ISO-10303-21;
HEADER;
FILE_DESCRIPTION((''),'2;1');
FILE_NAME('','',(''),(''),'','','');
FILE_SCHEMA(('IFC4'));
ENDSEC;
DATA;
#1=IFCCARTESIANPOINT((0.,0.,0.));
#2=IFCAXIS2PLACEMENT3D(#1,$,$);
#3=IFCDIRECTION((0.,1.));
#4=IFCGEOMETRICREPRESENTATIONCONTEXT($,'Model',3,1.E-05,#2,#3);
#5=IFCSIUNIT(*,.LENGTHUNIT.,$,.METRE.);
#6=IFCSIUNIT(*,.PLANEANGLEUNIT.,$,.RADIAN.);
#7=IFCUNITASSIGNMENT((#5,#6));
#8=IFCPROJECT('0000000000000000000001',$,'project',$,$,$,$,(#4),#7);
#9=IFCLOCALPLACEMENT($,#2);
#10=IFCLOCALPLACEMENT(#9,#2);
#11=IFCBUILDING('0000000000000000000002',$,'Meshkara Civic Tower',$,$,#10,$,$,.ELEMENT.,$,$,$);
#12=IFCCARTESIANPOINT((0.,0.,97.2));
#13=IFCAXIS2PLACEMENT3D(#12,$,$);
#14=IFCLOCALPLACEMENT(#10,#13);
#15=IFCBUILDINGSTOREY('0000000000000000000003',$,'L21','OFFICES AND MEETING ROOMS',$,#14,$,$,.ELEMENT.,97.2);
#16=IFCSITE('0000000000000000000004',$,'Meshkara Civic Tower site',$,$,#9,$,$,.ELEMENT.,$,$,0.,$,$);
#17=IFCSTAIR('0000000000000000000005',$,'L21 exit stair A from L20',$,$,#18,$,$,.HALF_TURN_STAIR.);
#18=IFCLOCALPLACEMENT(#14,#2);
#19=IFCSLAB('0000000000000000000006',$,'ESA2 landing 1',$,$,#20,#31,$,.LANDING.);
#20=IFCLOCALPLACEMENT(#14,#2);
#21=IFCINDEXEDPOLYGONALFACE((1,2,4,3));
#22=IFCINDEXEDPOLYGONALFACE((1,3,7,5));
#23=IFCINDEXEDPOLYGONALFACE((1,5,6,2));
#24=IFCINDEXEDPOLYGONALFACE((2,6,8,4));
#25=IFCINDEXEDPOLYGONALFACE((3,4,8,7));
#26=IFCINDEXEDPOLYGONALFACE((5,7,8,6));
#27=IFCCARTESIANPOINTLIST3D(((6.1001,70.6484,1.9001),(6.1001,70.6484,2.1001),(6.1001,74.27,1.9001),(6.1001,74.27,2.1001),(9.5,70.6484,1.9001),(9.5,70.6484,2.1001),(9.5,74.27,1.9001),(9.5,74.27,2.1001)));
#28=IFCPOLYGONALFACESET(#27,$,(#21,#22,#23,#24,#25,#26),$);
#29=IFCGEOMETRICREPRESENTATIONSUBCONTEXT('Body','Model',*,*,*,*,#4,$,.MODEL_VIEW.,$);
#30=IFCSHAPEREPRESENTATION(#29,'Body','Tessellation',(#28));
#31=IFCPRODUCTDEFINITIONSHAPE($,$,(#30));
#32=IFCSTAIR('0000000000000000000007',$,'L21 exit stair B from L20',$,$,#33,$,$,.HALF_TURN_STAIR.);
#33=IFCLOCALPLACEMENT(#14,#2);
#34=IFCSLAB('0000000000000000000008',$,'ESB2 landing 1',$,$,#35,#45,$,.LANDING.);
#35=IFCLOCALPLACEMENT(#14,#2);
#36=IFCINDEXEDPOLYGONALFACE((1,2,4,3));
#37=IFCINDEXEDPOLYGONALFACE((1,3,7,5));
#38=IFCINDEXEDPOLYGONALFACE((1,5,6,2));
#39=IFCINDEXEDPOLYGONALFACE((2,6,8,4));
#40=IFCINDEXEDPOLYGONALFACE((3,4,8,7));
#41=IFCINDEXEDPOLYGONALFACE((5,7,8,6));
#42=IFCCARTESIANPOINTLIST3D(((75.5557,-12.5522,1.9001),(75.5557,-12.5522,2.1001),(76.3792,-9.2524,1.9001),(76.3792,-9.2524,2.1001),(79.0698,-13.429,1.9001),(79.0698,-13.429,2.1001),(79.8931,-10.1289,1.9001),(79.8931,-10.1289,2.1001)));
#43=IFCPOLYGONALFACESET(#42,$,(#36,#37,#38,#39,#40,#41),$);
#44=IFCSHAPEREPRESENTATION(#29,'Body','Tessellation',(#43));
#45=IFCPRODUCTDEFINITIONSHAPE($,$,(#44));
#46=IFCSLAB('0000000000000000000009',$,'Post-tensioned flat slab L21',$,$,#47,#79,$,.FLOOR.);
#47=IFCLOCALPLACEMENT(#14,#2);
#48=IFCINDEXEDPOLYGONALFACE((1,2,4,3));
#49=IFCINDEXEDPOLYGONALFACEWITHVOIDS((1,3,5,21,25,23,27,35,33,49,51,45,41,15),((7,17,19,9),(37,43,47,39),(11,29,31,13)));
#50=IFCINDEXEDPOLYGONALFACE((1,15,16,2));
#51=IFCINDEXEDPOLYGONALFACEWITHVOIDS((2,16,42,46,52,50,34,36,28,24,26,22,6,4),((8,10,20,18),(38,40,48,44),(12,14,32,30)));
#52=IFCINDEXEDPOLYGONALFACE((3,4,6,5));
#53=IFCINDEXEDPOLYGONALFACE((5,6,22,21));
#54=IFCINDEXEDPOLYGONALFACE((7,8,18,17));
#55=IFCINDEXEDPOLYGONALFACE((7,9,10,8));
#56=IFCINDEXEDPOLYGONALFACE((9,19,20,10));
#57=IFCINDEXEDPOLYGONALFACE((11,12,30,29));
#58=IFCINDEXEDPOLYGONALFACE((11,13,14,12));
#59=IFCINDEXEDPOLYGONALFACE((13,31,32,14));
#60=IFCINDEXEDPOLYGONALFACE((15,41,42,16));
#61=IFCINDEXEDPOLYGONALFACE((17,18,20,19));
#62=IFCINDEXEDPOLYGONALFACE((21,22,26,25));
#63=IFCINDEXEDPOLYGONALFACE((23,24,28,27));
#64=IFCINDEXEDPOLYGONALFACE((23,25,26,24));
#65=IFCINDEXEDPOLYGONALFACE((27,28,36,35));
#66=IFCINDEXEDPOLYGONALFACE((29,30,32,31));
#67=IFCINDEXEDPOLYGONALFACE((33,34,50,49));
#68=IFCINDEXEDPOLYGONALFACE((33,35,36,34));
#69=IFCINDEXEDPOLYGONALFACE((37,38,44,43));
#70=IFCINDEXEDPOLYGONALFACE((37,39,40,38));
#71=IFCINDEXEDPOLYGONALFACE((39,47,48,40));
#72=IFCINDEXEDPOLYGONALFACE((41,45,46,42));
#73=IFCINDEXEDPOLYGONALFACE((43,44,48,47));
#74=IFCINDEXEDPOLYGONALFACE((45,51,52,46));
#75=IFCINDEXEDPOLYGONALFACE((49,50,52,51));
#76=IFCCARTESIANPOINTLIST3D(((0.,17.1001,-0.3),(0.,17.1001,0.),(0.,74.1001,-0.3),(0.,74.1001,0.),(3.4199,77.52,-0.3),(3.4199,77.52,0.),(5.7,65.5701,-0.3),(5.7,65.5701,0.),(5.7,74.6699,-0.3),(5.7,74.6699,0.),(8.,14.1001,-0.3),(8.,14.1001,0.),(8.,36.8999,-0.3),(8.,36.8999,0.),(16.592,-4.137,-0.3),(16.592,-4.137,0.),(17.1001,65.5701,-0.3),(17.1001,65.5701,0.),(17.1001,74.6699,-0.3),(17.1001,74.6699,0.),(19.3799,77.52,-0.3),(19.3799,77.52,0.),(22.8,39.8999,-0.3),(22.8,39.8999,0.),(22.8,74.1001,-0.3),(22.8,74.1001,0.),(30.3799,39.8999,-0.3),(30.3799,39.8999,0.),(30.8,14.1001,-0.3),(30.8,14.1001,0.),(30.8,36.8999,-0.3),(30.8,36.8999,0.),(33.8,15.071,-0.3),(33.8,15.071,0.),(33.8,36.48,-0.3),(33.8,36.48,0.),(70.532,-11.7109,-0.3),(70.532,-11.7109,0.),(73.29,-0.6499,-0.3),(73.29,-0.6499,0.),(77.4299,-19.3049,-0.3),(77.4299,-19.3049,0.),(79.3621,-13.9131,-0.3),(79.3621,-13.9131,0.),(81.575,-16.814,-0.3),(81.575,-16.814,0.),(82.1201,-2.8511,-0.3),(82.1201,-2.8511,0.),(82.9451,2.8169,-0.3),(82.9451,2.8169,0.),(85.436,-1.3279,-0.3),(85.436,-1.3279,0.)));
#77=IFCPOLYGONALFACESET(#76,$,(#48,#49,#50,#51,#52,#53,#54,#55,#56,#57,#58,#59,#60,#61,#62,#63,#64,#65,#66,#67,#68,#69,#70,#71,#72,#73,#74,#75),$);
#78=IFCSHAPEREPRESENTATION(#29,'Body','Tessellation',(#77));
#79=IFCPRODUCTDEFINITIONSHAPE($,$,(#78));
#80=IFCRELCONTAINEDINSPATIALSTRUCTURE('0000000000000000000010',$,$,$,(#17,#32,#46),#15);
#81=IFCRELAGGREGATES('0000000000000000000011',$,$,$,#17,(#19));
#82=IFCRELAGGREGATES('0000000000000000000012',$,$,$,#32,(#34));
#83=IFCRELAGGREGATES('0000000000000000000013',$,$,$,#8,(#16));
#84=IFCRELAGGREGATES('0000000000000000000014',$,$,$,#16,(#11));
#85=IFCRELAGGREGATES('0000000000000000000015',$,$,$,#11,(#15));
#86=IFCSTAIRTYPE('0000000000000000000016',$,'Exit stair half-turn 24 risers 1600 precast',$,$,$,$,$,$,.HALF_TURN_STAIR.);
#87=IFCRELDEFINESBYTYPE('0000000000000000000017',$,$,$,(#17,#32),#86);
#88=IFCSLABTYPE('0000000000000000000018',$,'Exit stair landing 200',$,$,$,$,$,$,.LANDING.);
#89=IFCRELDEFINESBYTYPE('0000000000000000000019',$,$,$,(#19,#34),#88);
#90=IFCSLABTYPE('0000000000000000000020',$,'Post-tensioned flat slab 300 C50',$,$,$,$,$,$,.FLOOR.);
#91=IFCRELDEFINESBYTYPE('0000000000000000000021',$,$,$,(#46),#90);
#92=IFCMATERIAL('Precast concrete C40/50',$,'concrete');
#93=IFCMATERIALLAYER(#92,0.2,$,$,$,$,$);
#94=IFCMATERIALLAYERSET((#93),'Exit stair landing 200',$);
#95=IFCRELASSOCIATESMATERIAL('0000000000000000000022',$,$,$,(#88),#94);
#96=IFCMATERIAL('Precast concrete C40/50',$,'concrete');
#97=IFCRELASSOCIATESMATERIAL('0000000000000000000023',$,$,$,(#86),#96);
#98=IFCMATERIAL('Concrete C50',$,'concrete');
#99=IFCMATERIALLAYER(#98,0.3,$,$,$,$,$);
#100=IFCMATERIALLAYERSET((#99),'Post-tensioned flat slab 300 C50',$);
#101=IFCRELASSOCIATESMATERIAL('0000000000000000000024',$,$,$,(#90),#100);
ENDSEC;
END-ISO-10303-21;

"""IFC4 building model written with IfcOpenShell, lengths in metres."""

from ifc_helpers import new_model, si_unit, direction, frame, origin, place, context, subcontext, project, spatial, polyline, outline, extrude, material, layer, layer_set, type_object, element, aggregate, save


model = new_model("IFC4")

# Units and contexts
model_context = context("Model", 3, precision=1e-05, world=origin(), true_north=direction((0.0, 1.0)))
body_context = subcontext(model_context, "Body", "Model", "MODEL_VIEW")
ifc_project = project(units=[si_unit("LENGTHUNIT", "METRE"), si_unit("PLANEANGLEUNIT", "RADIAN")], contexts=[model_context])

# Site, building, storey
site_placement = place(None, origin())
site = spatial("IfcSite", under=ifc_project, at=site_placement, Name="Meshkara Civic Tower site", CompositionType="ELEMENT", RefElevation=0.0)
building_placement = place(site_placement, origin())
building = spatial("IfcBuilding", under=site, at=building_placement, Name="Meshkara Civic Tower", CompositionType="ELEMENT")
storey_placement = place(building_placement, frame((0.0, 0.0, 97.2)))
storey = spatial("IfcBuildingStorey", under=building, at=storey_placement, Name="L21", Description="OFFICES AND MEETING ROOMS", CompositionType="ELEMENT", Elevation=97.2)

# Stairs, slabs
ifc_material_1 = material(Name="Precast concrete C40/50", Category="concrete")
ifc_layer_1 = layer(ifc_material_1, 0.2)
ifc_layer_set_1 = layer_set([ifc_layer_1], Name="Exit stair landing 200")
slab_type_1 = type_object("IfcSlabType", Name="Exit stair landing 200", PredefinedType="LANDING", material=ifc_layer_set_1)
ifc_material_2 = material(Name="Precast concrete C40/50", Category="concrete")
stair_type_1 = type_object("IfcStairType", Name="Exit stair half-turn 24 risers 1600 precast", PredefinedType="HALF_TURN_STAIR", material=ifc_material_2)
stair_1_placement = place(storey_placement, origin())
stair_1 = element("IfcStair", 1, at=stair_1_placement, inside=storey, type_object=stair_type_1, Name="L21 exit stair A from L20", PredefinedType="HALF_TURN_STAIR")
slab_1_placement = place(storey_placement, frame((0.0, 0.0, 1.9001)))
slab_1 = element("IfcSlab", 2, at=slab_1_placement, type_object=slab_type_1, Name="ESA2 landing 1", PredefinedType="LANDING", context=body_context, shape_type="SweptSolid", body=[
    extrude(outline(polyline([(9.5, 70.6484), (9.5, 74.27), (6.1001, 74.27), (6.1001, 70.6484), (9.5, 70.6484)])), origin(), (0.0, 0.0, 1.0), 0.2),
])
aggregate(stair_1, [slab_1])
stair_2_placement = place(storey_placement, origin())
stair_2 = element("IfcStair", 3, at=stair_2_placement, inside=storey, type_object=stair_type_1, Name="L21 exit stair B from L20", PredefinedType="HALF_TURN_STAIR")
slab_2_placement = place(storey_placement, frame((0.0, 0.0, 1.9001)))
slab_2 = element("IfcSlab", 4, at=slab_2_placement, type_object=slab_type_1, Name="ESB2 landing 1", PredefinedType="LANDING", context=body_context, shape_type="SweptSolid", body=[
    extrude(outline(polyline([(75.5557, -12.5522), (79.0698, -13.429), (79.8931, -10.1289), (76.3792, -9.2524), (75.5557, -12.5522)])), origin(), (0.0, 0.0, 1.0), 0.2),
])
aggregate(stair_2, [slab_2])

# Slab
ifc_material_3 = material(Name="Concrete C50", Category="concrete")
ifc_layer_2 = layer(ifc_material_3, 0.3)
ifc_layer_set_2 = layer_set([ifc_layer_2], Name="Post-tensioned flat slab 300 C50")
slab_type_2 = type_object("IfcSlabType", Name="Post-tensioned flat slab 300 C50", PredefinedType="FLOOR", material=ifc_layer_set_2)
slab_3_placement = place(storey_placement, frame((0.0, 0.0, -0.3)))
element("IfcSlab", 5, at=slab_3_placement, inside=storey, type_object=slab_type_2, Name="Post-tensioned flat slab L21", PredefinedType="FLOOR", context=body_context, shape_type="SweptSolid", body=[
    extrude(outline(polyline([(81.575, -16.814), (77.4299, -19.3049), (16.592, -4.137), (0.0, 17.1001), (0.0, 74.1001), (3.4199, 77.52), (19.3799, 77.52), (22.8, 74.1001), (22.8, 39.8999), (30.3799, 39.8999), (33.8, 36.48), (33.8, 15.071), (82.9451, 2.8169), (85.436, -1.3279), (81.575, -16.814)]), holes=[polyline([(79.3621, -13.9131), (82.1201, -2.8511), (73.29, -0.6499), (70.532, -11.7109), (79.3621, -13.9131)]), polyline([(8.0, 14.1001), (30.8, 14.1001), (30.8, 36.8999), (8.0, 36.8999), (8.0, 14.1001)]), polyline([(5.7, 74.6699), (5.7, 65.5701), (17.1001, 65.5701), (17.1001, 74.6699), (5.7, 74.6699)])]), origin(), (0.0, 0.0, 1.0), 0.3),
])

save(model, "model.ifc")
